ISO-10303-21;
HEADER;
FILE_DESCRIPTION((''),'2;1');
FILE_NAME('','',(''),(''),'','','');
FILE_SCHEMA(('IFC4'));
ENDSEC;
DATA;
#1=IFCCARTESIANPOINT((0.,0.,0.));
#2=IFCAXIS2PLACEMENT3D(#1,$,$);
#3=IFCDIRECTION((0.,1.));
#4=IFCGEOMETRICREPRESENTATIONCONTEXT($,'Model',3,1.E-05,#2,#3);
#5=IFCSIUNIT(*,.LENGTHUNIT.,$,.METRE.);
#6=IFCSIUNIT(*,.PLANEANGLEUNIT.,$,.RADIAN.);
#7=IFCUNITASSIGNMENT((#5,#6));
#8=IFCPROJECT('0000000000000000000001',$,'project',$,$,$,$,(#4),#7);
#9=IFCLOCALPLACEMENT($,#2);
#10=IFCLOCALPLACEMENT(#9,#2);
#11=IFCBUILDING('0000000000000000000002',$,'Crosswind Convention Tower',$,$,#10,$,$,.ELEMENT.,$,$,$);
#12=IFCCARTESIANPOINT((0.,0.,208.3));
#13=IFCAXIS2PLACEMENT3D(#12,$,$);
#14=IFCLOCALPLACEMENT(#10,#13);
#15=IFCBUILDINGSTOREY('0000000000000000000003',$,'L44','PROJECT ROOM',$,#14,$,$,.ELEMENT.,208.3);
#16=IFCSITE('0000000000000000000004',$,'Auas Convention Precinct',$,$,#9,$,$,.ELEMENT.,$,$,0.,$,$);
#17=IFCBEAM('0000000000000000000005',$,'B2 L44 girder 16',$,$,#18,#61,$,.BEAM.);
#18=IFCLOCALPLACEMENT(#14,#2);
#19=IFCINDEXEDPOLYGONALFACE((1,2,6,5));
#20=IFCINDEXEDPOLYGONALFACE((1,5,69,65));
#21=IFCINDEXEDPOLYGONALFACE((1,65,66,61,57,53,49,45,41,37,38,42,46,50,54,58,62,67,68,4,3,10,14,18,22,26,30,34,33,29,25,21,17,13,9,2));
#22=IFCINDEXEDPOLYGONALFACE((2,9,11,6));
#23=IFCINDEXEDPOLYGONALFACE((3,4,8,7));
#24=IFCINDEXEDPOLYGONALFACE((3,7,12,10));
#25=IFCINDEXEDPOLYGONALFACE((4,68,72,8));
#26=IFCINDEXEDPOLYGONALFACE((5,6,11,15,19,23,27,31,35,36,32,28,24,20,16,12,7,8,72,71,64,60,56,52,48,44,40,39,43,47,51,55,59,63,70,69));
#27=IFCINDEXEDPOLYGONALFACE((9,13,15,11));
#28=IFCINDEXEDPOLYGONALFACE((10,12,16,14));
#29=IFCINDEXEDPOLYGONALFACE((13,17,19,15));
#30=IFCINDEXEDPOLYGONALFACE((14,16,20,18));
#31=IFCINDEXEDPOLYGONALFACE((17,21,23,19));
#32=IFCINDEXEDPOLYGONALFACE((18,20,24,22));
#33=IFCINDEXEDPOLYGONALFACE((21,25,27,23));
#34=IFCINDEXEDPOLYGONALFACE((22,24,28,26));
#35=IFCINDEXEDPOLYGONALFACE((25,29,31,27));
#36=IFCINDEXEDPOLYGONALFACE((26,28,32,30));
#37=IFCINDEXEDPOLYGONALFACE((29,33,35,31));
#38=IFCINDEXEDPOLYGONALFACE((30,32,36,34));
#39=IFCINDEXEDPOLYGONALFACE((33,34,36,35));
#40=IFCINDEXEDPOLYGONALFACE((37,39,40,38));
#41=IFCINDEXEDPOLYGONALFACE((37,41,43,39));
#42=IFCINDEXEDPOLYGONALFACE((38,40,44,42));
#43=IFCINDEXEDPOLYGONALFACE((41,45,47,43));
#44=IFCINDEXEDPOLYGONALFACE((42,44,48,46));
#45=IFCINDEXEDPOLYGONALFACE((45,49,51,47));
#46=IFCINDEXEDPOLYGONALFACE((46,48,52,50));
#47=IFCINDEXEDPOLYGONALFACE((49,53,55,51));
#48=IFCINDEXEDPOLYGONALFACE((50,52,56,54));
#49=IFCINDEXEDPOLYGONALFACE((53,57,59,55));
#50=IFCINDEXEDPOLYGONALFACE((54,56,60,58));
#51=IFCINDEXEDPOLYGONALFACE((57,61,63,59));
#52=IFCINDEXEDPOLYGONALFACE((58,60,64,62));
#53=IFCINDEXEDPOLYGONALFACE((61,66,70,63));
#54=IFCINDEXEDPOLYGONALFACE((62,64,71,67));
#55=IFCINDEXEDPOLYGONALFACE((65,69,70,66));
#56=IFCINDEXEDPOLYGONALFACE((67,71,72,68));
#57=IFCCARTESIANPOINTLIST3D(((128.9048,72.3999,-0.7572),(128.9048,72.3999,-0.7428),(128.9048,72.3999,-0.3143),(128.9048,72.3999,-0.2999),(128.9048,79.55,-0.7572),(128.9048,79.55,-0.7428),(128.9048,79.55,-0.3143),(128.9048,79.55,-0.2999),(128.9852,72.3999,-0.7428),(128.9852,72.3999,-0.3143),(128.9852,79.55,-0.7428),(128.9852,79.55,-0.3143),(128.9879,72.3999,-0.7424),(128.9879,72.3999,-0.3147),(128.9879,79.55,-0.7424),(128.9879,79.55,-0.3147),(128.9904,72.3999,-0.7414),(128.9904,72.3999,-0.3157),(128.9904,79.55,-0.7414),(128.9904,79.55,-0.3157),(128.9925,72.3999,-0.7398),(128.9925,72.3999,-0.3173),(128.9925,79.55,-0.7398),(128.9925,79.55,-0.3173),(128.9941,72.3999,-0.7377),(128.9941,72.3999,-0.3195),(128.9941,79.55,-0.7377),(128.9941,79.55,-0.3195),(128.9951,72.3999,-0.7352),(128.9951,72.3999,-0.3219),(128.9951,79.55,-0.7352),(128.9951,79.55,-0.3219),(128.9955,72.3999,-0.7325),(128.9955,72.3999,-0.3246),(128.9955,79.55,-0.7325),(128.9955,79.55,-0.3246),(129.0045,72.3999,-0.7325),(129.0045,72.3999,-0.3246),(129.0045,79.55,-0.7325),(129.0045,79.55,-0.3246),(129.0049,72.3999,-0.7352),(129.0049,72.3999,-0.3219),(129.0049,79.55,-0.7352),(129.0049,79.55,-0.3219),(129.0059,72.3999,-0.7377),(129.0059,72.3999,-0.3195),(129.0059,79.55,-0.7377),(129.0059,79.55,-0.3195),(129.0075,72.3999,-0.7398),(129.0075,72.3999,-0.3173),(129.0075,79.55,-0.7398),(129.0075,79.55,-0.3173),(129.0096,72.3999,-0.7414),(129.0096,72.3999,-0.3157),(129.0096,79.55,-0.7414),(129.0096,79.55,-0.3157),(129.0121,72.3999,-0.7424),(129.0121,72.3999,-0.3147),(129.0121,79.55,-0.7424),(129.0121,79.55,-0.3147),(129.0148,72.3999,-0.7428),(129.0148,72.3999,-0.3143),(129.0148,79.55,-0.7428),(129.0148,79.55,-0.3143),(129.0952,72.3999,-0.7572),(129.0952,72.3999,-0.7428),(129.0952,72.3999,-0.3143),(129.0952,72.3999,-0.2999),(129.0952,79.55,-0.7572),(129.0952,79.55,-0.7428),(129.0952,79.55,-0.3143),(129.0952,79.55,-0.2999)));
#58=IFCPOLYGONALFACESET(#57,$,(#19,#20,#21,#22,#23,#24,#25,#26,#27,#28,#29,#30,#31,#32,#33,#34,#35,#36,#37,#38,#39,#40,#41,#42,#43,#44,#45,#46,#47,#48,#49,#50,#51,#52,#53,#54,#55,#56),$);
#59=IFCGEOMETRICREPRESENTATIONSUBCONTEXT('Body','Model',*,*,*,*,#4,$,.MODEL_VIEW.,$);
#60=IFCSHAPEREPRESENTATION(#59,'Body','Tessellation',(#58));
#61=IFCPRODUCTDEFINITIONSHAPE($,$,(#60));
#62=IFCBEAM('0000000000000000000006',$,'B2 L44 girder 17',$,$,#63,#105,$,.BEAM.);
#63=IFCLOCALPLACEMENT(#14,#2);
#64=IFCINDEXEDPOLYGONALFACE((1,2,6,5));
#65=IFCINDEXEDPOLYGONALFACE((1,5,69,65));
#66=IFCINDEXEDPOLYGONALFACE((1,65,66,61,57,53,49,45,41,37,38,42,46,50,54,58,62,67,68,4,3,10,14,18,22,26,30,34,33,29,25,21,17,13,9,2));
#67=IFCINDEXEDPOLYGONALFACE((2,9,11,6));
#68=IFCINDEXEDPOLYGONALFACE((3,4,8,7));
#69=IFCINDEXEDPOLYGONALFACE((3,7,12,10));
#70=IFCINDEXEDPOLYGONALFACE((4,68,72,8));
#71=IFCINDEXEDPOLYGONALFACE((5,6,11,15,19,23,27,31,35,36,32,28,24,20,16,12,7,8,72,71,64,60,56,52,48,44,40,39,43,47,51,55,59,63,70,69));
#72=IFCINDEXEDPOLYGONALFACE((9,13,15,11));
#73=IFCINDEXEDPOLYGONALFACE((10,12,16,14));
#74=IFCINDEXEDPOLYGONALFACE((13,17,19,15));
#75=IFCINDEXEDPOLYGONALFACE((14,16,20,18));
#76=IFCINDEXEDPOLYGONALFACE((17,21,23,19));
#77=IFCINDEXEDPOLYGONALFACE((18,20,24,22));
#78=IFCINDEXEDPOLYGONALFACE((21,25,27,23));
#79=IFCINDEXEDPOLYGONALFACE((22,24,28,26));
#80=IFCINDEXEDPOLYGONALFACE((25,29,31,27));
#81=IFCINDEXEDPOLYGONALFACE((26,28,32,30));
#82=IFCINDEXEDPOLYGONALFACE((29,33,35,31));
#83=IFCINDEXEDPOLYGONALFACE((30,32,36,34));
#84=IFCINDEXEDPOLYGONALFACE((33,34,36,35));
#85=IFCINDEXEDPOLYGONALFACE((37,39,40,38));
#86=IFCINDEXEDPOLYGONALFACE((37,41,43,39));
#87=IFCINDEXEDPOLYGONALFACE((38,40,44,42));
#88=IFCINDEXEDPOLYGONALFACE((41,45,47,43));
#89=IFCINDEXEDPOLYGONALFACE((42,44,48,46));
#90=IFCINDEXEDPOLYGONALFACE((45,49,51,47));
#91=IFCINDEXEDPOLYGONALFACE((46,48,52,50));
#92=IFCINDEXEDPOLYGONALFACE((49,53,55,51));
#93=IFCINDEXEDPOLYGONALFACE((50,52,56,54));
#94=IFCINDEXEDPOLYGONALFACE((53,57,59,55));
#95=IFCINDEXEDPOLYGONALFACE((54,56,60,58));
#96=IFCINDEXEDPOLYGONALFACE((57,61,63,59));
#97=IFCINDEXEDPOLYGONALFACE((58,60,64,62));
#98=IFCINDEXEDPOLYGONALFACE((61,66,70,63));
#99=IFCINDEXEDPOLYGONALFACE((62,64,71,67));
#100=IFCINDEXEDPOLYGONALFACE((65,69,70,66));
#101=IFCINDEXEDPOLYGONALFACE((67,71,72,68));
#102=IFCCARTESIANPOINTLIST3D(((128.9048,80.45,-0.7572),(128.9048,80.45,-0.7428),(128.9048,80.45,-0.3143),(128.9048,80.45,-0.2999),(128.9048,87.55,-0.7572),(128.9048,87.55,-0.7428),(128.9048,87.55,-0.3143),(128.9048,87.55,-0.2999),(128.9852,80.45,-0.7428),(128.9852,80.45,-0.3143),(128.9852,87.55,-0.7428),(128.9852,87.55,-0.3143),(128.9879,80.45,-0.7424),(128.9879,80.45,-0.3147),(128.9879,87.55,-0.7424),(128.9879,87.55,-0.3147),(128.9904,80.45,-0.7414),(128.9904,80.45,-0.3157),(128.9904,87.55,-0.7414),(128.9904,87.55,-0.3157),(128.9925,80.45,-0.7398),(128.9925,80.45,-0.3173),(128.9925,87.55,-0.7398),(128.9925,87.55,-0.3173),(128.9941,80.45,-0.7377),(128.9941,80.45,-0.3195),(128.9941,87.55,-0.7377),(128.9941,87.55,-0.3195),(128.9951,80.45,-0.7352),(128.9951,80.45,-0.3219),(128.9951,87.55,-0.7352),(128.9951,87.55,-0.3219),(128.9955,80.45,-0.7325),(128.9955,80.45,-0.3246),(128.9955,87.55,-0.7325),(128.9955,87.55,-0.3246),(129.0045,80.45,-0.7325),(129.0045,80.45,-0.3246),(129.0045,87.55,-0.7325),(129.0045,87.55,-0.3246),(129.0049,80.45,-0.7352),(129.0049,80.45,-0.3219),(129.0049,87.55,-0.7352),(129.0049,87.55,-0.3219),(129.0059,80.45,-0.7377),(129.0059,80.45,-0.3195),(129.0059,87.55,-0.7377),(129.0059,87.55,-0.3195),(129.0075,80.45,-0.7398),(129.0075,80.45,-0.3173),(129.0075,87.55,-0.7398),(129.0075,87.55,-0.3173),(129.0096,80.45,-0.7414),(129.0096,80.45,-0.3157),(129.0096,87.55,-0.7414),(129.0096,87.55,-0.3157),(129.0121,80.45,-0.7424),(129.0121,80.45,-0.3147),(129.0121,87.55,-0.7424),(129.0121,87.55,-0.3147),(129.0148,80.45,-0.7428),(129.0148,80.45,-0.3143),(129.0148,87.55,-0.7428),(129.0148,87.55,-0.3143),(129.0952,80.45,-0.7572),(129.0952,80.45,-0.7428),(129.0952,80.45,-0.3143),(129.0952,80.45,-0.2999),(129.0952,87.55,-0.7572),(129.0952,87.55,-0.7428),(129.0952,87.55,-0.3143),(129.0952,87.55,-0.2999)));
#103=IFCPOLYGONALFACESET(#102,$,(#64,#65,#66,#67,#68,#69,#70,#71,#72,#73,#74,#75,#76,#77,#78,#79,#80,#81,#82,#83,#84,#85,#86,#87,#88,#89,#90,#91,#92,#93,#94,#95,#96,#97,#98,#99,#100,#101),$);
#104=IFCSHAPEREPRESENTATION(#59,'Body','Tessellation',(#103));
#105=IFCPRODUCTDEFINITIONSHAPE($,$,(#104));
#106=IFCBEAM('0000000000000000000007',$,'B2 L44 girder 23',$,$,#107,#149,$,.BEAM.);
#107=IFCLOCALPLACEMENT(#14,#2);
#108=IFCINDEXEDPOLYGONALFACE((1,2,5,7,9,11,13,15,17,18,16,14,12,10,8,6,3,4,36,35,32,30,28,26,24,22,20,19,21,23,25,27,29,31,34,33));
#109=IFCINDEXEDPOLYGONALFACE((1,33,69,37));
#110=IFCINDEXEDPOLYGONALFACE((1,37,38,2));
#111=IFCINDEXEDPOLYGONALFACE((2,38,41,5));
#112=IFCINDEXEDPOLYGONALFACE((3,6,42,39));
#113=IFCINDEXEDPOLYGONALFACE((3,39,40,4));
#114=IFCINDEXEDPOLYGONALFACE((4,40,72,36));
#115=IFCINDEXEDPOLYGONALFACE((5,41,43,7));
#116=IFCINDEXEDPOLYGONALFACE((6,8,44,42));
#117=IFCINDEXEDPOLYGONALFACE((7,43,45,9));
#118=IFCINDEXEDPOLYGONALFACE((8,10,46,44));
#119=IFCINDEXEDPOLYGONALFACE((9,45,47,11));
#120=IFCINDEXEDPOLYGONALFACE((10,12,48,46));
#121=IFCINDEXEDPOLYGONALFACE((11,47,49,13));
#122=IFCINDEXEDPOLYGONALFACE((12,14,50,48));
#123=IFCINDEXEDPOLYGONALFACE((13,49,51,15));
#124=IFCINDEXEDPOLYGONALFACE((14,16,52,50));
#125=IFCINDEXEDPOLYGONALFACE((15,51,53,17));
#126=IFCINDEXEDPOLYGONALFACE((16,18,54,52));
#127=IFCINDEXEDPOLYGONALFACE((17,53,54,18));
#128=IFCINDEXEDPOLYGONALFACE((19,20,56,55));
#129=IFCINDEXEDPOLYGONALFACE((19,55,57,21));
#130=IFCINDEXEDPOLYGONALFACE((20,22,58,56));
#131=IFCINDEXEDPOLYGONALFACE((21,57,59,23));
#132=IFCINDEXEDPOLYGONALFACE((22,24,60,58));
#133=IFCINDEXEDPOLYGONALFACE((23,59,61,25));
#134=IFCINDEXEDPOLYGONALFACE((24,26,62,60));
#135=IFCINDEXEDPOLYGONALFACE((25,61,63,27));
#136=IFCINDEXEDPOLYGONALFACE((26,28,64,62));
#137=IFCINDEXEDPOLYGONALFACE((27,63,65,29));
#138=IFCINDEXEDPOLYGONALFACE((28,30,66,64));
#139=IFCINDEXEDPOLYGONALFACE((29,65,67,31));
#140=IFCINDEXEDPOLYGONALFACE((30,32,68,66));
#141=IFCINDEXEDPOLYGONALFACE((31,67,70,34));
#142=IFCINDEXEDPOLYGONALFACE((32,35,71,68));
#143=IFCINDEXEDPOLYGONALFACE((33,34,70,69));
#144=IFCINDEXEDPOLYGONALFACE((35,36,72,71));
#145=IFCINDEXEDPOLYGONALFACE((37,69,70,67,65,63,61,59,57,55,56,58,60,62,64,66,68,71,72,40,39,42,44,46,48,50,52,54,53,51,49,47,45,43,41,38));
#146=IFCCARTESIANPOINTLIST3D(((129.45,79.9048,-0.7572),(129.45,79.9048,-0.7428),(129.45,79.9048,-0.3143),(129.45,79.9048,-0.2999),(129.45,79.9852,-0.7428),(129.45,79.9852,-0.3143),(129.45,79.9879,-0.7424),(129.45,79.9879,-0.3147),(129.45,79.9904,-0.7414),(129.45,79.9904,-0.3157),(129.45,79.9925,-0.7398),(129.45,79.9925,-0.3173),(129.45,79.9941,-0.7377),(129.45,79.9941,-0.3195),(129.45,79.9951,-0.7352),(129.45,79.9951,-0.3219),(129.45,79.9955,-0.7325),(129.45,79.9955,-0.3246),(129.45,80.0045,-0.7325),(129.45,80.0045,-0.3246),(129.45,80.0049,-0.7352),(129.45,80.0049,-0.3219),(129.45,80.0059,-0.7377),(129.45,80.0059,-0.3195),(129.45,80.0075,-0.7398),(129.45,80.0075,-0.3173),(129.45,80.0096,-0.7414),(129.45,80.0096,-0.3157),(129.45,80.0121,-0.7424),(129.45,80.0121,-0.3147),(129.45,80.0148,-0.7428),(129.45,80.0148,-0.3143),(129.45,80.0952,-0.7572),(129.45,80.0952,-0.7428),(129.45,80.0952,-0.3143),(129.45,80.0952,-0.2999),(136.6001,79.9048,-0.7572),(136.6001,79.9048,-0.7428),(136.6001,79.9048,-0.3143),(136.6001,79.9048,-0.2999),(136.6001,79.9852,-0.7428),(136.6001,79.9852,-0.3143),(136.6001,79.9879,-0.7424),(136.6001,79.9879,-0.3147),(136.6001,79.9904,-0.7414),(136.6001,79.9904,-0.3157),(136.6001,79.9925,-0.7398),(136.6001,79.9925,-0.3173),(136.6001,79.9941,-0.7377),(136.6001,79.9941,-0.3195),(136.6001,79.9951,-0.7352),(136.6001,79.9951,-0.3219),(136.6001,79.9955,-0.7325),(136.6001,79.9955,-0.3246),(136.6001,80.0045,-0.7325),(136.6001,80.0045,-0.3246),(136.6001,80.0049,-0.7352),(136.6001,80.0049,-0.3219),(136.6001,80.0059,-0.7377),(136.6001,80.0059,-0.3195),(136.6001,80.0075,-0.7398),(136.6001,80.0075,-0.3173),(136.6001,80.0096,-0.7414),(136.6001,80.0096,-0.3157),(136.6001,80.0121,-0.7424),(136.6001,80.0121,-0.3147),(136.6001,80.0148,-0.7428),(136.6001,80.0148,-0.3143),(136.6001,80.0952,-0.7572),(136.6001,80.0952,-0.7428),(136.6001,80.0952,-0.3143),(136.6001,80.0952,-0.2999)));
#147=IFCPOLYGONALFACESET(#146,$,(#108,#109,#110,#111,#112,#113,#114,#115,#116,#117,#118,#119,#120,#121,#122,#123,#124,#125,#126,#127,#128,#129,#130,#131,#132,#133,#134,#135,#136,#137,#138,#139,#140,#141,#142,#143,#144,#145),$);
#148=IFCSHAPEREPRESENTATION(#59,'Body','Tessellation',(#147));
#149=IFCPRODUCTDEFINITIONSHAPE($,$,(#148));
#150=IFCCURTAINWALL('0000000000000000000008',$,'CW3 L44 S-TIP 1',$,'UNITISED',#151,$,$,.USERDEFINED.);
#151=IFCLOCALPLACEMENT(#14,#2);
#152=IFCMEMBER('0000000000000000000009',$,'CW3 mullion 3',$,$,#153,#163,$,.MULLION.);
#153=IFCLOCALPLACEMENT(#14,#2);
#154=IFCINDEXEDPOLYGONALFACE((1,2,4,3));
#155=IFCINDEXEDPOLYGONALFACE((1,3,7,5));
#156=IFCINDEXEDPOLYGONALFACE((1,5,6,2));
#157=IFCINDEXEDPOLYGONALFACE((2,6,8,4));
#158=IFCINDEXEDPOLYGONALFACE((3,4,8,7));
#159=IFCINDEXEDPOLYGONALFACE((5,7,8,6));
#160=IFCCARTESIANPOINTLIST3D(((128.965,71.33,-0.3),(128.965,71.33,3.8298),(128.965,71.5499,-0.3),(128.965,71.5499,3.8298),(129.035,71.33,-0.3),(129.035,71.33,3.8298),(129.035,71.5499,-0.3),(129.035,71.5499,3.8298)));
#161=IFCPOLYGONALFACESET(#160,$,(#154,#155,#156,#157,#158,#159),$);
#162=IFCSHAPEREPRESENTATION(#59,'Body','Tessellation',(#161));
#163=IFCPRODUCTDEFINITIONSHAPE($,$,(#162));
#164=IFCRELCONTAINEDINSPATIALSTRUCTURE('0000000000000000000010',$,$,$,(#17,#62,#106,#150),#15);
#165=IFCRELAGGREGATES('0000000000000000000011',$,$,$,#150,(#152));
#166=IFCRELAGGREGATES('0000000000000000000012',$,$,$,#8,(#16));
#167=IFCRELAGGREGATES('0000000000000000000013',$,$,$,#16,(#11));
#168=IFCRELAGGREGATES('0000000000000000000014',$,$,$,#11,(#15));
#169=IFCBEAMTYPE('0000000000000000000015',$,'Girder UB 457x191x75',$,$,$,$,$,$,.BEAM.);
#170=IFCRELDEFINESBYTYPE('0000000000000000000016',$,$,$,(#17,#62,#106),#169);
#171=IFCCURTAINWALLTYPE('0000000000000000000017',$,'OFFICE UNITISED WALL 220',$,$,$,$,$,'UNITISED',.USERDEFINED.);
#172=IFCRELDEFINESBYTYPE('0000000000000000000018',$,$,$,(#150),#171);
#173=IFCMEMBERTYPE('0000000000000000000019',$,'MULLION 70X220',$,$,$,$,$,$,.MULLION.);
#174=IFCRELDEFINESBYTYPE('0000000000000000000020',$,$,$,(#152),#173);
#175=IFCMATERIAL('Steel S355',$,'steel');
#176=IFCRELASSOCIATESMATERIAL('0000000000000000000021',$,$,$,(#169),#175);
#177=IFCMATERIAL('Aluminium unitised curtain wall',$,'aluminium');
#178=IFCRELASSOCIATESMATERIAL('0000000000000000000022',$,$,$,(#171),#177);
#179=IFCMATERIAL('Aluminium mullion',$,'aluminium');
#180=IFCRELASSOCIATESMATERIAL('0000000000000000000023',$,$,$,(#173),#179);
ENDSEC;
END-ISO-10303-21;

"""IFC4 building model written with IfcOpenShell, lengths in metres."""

from ifc_helpers import new_model, si_unit, direction, frame, origin, origin_2d, place, context, subcontext, project, spatial, rectangle, i_section, extrude, material, material_profile, profile_set, type_object, element, aggregate, save


model = new_model("IFC4")

# Units and contexts
model_context = context("Model", 3, precision=1e-05, world=origin(), true_north=direction((0.0, 1.0)))
body_context = subcontext(model_context, "Body", "Model", "MODEL_VIEW")
ifc_project = project(units=[si_unit("LENGTHUNIT", "METRE"), si_unit("PLANEANGLEUNIT", "RADIAN")], contexts=[model_context])

# Site, building, storey
site_placement = place(None, origin())
site = spatial("IfcSite", under=ifc_project, at=site_placement, Name="Auas Convention Precinct", CompositionType="ELEMENT", RefElevation=0.0)
building_placement = place(site_placement, origin())
building = spatial("IfcBuilding", under=site, at=building_placement, Name="Crosswind Convention Tower", CompositionType="ELEMENT")
storey_placement = place(building_placement, frame((0.0, 0.0, 208.3)))
storey = spatial("IfcBuildingStorey", under=building, at=storey_placement, Name="L44", Description="PROJECT ROOM", CompositionType="ELEMENT", Elevation=208.3)

# Beams
ifc_material_1 = material(Name="Steel S355", Category="steel")
ifc_material_profile_1 = material_profile(ifc_material_1, i_section(OverallWidth=0.1904, OverallDepth=0.4573, WebThickness=0.009, FlangeThickness=0.0144, FilletRadius=0.0103, at=origin_2d()), Name="UB 457x191x75")
ifc_profile_set_1 = profile_set([ifc_material_profile_1], Name="Steel S355")
beam_type_1 = type_object("IfcBeamType", Name="Girder UB 457x191x75", PredefinedType="BEAM", material=ifc_profile_set_1)
beam_1_placement = place(storey_placement, frame((129.0, 72.3999, -0.5286), z_axis=(0.0, 1.0, 0.0), x_axis=(-1.0, 0.0, 0.0)))
element("IfcBeam", 1, at=beam_1_placement, inside=storey, type_object=beam_type_1, Name="B2 L44 girder 16", PredefinedType="BEAM", context=body_context, shape_type="SweptSolid", body=[
    extrude(i_section(OverallWidth=0.1904, OverallDepth=0.4573, WebThickness=0.009, FlangeThickness=0.0144, FilletRadius=0.0103, at=origin_2d()), origin(), (0.0, 0.0, 1.0), 7.1501),
])
beam_2_placement = place(storey_placement, frame((129.0, 80.45, -0.5286), z_axis=(0.0, 1.0, 0.0), x_axis=(-1.0, 0.0, 0.0)))
element("IfcBeam", 2, at=beam_2_placement, inside=storey, type_object=beam_type_1, Name="B2 L44 girder 17", PredefinedType="BEAM", context=body_context, shape_type="SweptSolid", body=[
    extrude(i_section(OverallWidth=0.1904, OverallDepth=0.4573, WebThickness=0.009, FlangeThickness=0.0144, FilletRadius=0.0103, at=origin_2d()), origin(), (0.0, 0.0, 1.0), 7.1001),
])
beam_3_placement = place(storey_placement, frame((129.45, 80.0, -0.5286), z_axis=(1.0, 0.0, 0.0), x_axis=(0.0, 1.0, 0.0)))
element("IfcBeam", 3, at=beam_3_placement, inside=storey, type_object=beam_type_1, Name="B2 L44 girder 23", PredefinedType="BEAM", context=body_context, shape_type="SweptSolid", body=[
    extrude(i_section(OverallWidth=0.1904, OverallDepth=0.4573, WebThickness=0.009, FlangeThickness=0.0144, FilletRadius=0.0103, at=origin_2d()), origin(), (0.0, 0.0, 1.0), 7.1501),
])

# Curtain wall, member
ifc_material_2 = material(Name="Aluminium unitised curtain wall", Category="aluminium")
curtain_wall_type = type_object("IfcCurtainWallType", Name="OFFICE UNITISED WALL 220", ElementType="UNITISED", PredefinedType="USERDEFINED", material=ifc_material_2)
curtain_wall_placement = place(storey_placement, origin())
curtain_wall = element("IfcCurtainWall", 4, at=curtain_wall_placement, inside=storey, type_object=curtain_wall_type, Name="CW3 L44 S-TIP 1", ObjectType="UNITISED", PredefinedType="USERDEFINED")
ifc_material_3 = material(Name="Aluminium mullion", Category="aluminium")
ifc_material_profile_2 = material_profile(ifc_material_3, rectangle(XDim=0.22, YDim=0.0701, at=origin_2d()), Name="AL 220X70")
ifc_profile_set_2 = profile_set([ifc_material_profile_2], Name="Aluminium mullion")
member_type = type_object("IfcMemberType", Name="MULLION 70X220", PredefinedType="MULLION", material=ifc_profile_set_2)
member_placement = place(storey_placement, frame((129.0, 71.4399, -0.3), z_axis=(0.0, 0.0, 1.0), x_axis=(0.0, -1.0, 0.0)))
member = element("IfcMember", 5, at=member_placement, type_object=member_type, Name="CW3 mullion 3", PredefinedType="MULLION", context=body_context, shape_type="SweptSolid", body=[
    extrude(rectangle(XDim=0.22, YDim=0.0701, at=origin_2d()), origin(), (0.0, 0.0, 1.0), 4.1299),
])

aggregate(curtain_wall, [member])

save(model, "model.ifc")
